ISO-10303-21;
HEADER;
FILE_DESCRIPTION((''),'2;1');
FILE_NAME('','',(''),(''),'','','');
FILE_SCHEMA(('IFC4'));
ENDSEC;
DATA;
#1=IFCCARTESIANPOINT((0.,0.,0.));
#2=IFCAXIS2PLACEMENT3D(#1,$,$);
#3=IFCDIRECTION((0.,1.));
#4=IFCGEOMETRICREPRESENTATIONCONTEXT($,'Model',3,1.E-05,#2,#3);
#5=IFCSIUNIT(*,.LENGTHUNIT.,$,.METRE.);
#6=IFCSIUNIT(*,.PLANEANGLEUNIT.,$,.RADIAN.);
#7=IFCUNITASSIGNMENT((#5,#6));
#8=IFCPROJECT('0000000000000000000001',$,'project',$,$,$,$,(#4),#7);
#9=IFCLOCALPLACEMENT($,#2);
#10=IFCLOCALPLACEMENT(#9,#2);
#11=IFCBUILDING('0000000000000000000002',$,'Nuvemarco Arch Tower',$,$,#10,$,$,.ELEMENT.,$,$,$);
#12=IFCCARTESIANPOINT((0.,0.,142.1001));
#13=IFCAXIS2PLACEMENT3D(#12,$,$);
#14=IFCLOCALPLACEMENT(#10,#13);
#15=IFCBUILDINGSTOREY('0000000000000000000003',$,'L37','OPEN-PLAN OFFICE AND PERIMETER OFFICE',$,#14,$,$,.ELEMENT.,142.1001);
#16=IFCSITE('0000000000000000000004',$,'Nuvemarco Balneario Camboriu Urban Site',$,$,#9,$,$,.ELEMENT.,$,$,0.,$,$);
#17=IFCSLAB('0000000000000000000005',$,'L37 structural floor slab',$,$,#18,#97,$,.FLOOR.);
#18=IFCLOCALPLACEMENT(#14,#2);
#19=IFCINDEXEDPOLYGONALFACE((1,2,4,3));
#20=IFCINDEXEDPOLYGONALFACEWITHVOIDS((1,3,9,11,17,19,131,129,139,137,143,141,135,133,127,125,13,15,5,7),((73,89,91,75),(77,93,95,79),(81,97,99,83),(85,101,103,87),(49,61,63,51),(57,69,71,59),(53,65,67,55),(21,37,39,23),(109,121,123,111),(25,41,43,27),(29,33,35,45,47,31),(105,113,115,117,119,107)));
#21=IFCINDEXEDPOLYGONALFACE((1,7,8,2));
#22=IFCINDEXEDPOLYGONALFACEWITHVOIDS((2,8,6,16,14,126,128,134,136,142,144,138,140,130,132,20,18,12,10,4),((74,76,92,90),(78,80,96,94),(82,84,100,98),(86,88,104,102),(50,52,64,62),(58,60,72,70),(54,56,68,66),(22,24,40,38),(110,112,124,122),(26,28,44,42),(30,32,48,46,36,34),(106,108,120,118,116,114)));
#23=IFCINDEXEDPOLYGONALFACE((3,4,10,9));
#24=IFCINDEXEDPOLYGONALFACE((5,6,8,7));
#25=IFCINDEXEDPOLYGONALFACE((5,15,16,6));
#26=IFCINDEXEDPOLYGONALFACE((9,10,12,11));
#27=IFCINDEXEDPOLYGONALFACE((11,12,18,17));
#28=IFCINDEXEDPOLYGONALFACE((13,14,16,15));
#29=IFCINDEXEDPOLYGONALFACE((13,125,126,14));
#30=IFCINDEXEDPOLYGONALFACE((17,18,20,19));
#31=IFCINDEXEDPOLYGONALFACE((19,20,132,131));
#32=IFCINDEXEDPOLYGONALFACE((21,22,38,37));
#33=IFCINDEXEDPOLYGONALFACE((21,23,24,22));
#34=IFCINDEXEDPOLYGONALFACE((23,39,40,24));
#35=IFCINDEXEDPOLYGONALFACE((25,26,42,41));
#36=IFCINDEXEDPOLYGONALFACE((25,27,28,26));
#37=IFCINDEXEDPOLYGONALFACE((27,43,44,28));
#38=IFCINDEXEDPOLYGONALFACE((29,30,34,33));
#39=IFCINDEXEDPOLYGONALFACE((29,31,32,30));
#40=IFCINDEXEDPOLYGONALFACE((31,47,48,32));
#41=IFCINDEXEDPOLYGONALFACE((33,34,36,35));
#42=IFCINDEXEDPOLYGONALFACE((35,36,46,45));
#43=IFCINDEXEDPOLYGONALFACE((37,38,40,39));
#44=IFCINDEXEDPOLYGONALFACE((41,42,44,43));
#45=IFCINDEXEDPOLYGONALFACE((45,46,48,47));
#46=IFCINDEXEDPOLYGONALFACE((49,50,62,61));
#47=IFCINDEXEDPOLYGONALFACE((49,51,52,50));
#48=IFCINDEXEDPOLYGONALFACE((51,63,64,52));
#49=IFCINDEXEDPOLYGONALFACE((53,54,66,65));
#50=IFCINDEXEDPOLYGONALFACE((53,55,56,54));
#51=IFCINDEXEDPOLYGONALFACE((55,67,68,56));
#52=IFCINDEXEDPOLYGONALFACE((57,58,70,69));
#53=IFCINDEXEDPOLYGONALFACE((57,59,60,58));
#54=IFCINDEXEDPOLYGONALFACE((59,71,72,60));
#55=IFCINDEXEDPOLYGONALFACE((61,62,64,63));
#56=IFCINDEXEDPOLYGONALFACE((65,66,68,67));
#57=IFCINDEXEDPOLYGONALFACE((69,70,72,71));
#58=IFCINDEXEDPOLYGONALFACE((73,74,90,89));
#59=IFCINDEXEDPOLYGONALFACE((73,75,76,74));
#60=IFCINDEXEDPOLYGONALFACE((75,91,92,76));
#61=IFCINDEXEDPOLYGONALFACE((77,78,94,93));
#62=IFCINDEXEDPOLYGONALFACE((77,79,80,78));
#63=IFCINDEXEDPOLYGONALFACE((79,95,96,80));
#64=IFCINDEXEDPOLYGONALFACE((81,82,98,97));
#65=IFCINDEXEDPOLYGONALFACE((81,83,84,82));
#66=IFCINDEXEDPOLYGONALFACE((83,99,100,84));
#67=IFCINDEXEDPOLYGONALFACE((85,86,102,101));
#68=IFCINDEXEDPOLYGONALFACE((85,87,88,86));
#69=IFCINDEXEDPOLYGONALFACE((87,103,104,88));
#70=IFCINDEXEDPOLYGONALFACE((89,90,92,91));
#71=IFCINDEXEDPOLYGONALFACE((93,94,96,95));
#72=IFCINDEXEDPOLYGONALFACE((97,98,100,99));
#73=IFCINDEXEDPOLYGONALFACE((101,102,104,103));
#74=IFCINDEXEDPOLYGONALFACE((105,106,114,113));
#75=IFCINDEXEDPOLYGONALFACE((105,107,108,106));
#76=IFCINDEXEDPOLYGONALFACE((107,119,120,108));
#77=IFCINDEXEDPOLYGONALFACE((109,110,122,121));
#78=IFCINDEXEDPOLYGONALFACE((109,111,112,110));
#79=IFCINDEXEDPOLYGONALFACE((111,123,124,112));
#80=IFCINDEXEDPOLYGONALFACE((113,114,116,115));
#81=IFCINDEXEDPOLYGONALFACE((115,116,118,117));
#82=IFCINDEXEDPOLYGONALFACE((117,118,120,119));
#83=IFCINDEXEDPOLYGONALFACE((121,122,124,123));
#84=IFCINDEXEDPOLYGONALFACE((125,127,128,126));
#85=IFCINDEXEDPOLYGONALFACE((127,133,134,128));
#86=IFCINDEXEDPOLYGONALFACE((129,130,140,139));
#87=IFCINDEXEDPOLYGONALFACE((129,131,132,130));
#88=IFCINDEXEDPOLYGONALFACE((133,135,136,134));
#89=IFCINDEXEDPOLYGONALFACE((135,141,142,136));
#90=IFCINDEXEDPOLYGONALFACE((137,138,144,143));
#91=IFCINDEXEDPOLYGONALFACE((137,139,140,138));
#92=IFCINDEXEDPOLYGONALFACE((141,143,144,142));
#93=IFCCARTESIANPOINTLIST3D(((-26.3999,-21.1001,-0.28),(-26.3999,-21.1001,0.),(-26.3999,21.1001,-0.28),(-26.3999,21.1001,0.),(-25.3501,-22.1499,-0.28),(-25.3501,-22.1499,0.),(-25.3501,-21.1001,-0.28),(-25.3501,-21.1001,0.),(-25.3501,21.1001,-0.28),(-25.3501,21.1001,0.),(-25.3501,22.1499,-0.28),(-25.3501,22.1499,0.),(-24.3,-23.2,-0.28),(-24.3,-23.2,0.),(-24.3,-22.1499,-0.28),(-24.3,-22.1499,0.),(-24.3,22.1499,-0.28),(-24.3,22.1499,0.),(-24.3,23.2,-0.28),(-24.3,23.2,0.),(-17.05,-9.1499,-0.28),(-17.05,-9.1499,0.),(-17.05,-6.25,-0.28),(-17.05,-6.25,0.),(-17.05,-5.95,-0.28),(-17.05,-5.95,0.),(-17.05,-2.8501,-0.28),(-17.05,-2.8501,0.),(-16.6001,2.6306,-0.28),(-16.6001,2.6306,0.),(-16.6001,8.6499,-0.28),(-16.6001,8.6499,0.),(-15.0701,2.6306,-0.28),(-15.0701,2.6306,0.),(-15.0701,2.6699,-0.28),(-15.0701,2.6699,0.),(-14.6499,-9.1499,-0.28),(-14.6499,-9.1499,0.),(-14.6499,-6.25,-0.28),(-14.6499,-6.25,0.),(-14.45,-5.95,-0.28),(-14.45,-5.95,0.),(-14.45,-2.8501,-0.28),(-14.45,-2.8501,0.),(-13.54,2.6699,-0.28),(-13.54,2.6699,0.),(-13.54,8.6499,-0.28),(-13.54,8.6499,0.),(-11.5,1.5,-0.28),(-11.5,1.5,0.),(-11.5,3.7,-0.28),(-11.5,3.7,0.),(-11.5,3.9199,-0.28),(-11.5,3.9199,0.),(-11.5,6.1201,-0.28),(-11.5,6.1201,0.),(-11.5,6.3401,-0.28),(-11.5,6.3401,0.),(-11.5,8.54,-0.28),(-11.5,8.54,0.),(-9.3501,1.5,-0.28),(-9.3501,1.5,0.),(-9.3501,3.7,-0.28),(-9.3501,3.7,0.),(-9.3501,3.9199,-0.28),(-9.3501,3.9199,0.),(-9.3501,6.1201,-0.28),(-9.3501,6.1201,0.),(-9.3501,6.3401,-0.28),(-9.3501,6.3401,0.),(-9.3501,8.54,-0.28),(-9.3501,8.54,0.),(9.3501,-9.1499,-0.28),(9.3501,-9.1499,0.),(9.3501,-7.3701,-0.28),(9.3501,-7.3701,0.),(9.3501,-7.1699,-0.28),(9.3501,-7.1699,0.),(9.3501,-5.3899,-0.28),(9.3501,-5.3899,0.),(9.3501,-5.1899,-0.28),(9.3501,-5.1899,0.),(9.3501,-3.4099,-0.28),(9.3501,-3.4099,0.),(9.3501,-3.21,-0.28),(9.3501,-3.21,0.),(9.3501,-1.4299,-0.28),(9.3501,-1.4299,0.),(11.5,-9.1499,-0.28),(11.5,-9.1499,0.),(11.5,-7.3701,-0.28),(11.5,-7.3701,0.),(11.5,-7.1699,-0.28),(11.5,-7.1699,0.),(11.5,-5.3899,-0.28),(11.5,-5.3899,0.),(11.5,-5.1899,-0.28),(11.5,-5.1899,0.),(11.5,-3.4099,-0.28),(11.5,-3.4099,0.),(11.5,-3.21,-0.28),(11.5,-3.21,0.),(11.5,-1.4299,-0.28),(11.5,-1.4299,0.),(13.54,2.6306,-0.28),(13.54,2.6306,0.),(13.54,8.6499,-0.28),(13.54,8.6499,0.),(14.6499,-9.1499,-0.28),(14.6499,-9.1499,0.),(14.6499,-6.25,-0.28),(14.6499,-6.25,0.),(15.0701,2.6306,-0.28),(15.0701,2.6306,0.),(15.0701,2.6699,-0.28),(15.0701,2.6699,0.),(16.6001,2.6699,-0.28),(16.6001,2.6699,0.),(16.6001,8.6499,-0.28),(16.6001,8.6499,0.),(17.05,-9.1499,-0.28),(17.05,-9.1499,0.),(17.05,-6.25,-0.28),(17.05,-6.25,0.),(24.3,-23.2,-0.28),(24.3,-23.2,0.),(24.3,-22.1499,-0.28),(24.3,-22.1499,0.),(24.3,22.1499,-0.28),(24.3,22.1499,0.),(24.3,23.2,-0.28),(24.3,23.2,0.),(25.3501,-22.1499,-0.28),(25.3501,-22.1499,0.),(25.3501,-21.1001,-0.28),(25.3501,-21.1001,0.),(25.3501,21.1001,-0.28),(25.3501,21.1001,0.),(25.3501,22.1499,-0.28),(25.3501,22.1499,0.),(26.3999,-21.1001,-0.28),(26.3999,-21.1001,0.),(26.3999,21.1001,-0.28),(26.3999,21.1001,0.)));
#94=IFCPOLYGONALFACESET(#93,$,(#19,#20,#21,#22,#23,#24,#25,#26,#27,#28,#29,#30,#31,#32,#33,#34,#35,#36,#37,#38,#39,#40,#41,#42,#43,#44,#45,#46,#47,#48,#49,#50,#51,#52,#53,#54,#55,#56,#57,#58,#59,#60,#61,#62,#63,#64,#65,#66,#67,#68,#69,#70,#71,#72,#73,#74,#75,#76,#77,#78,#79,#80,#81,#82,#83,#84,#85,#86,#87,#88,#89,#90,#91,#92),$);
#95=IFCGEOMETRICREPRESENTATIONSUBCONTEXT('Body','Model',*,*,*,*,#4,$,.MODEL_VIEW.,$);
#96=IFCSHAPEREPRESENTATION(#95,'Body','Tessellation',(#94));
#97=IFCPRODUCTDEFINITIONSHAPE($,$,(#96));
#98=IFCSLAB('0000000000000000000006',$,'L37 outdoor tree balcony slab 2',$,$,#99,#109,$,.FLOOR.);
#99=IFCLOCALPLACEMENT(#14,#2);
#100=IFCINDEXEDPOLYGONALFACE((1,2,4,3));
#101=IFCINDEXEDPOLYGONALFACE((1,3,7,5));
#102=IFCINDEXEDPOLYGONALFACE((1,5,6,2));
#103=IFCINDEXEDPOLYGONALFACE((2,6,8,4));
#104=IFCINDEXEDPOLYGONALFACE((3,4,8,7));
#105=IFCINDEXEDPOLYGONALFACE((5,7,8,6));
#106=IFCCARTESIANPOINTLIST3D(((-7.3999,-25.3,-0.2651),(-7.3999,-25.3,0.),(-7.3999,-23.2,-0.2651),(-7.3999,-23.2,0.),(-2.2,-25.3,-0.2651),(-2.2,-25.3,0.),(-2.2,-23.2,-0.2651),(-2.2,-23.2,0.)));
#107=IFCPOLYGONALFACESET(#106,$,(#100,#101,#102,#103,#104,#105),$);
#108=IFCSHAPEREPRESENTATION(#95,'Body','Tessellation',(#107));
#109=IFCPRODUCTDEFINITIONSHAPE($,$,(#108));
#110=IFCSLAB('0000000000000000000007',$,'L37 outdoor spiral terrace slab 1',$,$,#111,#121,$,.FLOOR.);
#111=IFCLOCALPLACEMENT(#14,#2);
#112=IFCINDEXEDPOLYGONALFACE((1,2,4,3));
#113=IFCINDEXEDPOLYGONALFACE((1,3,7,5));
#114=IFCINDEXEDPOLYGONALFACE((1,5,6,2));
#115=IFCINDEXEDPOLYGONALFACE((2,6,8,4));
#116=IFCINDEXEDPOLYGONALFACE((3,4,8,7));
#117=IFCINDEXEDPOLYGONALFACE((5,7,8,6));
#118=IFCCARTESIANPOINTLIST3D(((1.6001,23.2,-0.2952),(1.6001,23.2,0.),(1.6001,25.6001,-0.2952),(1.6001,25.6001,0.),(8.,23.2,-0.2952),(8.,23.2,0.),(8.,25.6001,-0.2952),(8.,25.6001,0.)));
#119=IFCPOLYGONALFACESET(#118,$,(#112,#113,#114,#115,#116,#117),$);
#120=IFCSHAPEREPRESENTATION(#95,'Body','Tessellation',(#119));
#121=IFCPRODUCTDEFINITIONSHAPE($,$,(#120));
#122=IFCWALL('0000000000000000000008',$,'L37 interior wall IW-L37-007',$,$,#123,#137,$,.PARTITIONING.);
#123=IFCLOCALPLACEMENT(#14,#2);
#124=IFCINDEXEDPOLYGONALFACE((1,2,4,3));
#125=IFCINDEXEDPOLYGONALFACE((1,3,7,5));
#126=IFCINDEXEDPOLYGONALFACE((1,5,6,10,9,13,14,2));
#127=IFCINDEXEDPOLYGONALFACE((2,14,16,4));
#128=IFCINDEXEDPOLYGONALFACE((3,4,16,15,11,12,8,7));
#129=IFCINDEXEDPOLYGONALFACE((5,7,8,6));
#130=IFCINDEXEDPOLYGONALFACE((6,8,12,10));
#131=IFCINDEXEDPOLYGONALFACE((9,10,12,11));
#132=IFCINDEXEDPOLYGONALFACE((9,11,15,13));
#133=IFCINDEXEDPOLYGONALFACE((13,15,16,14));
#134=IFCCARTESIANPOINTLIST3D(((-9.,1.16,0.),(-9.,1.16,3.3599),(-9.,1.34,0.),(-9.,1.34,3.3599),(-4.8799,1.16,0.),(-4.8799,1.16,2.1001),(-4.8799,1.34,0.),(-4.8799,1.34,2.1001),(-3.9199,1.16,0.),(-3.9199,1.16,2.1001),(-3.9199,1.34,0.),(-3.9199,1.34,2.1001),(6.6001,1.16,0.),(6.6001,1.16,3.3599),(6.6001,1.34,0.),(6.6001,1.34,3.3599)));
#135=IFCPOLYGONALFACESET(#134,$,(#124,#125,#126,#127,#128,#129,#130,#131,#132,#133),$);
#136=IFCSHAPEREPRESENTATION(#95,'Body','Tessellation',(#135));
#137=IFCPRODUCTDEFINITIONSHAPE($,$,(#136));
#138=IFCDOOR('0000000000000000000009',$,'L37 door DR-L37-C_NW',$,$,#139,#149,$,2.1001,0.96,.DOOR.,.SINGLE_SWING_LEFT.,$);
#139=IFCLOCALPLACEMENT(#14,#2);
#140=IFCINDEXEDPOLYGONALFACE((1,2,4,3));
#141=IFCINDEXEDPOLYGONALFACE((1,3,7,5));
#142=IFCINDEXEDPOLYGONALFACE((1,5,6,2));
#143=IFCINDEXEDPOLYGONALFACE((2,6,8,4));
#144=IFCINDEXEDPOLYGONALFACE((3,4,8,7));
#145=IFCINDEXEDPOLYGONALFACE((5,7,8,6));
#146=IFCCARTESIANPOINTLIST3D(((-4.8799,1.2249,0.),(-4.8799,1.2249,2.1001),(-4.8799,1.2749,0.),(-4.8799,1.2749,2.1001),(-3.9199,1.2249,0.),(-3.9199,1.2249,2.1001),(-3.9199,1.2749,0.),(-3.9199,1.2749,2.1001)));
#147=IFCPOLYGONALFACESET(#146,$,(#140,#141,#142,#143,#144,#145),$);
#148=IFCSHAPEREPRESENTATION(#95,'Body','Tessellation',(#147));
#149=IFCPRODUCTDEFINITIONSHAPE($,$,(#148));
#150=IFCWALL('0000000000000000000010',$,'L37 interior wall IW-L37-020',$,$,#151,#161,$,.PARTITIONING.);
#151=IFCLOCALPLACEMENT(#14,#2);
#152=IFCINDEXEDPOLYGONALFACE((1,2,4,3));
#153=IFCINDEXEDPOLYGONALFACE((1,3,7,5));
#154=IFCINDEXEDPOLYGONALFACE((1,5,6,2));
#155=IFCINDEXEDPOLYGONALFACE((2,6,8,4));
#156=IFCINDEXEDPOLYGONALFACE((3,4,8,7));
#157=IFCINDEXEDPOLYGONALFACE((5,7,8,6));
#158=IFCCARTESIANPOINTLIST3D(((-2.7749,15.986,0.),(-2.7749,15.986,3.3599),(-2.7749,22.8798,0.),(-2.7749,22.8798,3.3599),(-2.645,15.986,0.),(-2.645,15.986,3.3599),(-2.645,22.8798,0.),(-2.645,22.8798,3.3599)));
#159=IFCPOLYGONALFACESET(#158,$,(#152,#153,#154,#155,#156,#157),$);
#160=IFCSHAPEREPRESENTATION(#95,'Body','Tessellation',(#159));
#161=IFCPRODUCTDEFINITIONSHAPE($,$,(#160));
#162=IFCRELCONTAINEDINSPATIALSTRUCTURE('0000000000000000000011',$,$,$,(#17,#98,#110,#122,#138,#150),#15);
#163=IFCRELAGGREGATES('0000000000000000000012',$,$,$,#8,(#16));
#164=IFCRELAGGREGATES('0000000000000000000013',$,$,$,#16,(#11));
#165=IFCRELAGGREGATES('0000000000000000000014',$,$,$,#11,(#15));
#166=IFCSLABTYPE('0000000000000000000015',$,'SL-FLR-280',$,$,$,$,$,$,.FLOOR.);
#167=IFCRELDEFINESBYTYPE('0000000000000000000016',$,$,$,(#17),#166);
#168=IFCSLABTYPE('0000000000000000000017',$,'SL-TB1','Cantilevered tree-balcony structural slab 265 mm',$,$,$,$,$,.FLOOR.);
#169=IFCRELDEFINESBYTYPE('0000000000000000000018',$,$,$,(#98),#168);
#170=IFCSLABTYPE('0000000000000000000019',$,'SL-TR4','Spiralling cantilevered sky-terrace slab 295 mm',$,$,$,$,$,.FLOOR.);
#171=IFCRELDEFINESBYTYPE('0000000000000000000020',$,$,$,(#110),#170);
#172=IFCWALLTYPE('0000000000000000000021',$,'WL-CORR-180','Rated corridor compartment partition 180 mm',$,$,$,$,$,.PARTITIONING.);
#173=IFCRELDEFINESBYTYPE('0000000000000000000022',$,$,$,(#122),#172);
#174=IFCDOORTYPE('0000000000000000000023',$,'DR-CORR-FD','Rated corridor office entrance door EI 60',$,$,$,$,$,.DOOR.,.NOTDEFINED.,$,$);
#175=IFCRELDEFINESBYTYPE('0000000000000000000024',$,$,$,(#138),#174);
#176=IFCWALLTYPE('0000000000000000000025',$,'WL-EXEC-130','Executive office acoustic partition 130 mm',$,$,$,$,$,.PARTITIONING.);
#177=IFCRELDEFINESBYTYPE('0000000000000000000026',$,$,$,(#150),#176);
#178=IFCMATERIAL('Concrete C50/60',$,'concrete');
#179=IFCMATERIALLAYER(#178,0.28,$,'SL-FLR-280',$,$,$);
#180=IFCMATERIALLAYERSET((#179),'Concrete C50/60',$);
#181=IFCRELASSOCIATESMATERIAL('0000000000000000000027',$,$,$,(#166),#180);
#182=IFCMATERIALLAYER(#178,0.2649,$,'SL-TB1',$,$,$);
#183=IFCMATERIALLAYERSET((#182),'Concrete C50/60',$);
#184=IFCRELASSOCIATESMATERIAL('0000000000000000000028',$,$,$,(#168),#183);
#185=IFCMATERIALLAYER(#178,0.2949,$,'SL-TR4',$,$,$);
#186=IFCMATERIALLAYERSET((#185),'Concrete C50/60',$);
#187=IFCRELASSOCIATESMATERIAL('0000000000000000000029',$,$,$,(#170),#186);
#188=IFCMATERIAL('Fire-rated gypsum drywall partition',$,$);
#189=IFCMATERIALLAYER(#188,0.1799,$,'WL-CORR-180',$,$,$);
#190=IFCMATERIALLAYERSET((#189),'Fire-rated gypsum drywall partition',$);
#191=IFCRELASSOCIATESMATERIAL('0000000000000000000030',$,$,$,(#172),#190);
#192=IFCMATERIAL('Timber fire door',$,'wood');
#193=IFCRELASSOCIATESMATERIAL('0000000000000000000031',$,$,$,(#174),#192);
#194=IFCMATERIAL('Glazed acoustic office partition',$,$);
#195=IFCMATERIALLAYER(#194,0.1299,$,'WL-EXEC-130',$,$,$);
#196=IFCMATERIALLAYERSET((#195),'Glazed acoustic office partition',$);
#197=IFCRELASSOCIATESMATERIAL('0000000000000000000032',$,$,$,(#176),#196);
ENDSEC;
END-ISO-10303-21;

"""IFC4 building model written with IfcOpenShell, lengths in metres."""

from ifc_helpers import new_model, si_unit, direction, frame, frame_2d, origin, place, context, subcontext, project, spatial, polyline, rectangle, outline, extrude, source, transform, mapped, material, layer, layer_set, type_object, type_shapes, element, fill, save


model = new_model("IFC4")

# Units and contexts
model_context = context("Model", 3, precision=1e-05, world=origin(), true_north=direction((0.0, 1.0)))
body_context = subcontext(model_context, "Body", "Model", "MODEL_VIEW")
ifc_project = project(units=[si_unit("LENGTHUNIT", "METRE"), si_unit("PLANEANGLEUNIT", "RADIAN")], contexts=[model_context])

# Site, building, storey
site_placement = place(None, origin())
site = spatial("IfcSite", under=ifc_project, at=site_placement, Name="Nuvemarco Balneario Camboriu Urban Site", CompositionType="ELEMENT", RefElevation=0.0)
building_placement = place(site_placement, origin())
building = spatial("IfcBuilding", under=site, at=building_placement, Name="Nuvemarco Arch Tower", CompositionType="ELEMENT")
storey_placement = place(building_placement, frame((0.0, 0.0, 142.1001)))
storey = spatial("IfcBuildingStorey", under=building, at=storey_placement, Name="L37", Description="OPEN-PLAN OFFICE AND PERIMETER OFFICE", CompositionType="ELEMENT", Elevation=142.1001)

# Shared definitions
ifc_material_1 = material(Name="Concrete C50/60", Category="concrete")

# Slabs
ifc_layer_1 = layer(ifc_material_1, 0.28, Name="SL-FLR-280")
ifc_layer_set_1 = layer_set([ifc_layer_1], Name="Concrete C50/60")
slab_type_1 = type_object("IfcSlabType", Name="SL-FLR-280", PredefinedType="FLOOR", material=ifc_layer_set_1)
slab_1_placement = place(storey_placement, frame((0.0, 0.0, -0.28)))
element("IfcSlab", 1, at=slab_1_placement, inside=storey, type_object=slab_type_1, Name="L37 structural floor slab", PredefinedType="FLOOR", context=body_context, shape_type="SweptSolid", body=[
    extrude(outline(polyline([(-24.3, -23.2), (24.3, -23.2), (24.3, -22.1499), (25.3501, -22.1499), (25.3501, -21.1001), (26.3999, -21.1001), (26.3999, 21.1001), (25.3501, 21.1001), (25.3501, 22.1499), (24.3, 22.1499), (24.3, 23.2), (-24.3, 23.2), (-24.3, 22.1499), (-25.3501, 22.1499), (-25.3501, 21.1001), (-26.3999, 21.1001), (-26.3999, -21.1001), (-25.3501, -21.1001), (-25.3501, -22.1499), (-24.3, -22.1499), (-24.3, -23.2)]), holes=[polyline([(-13.54, 2.6699), (-13.54, 8.6499), (-16.6001, 8.6499), (-16.6001, 2.6306), (-15.0701, 2.6306), (-15.0701, 2.6699), (-13.54, 2.6699)]), polyline([(16.6001, 2.6699), (16.6001, 8.6499), (13.54, 8.6499), (13.54, 2.6306), (15.0701, 2.6306), (15.0701, 2.6699), (16.6001, 2.6699)]), polyline([(-17.05, -9.1499), (-14.6499, -9.1499), (-14.6499, -6.25), (-17.05, -6.25), (-17.05, -9.1499)]), polyline([(-17.05, -5.95), (-14.45, -5.95), (-14.45, -2.8501), (-17.05, -2.8501), (-17.05, -5.95)]), polyline([(-11.5, 1.5), (-9.3501, 1.5), (-9.3501, 3.7), (-11.5, 3.7), (-11.5, 1.5)]), polyline([(-11.5, 3.9199), (-9.3501, 3.9199), (-9.3501, 6.1201), (-11.5, 6.1201), (-11.5, 3.9199)]), polyline([(-11.5, 6.3401), (-9.3501, 6.3401), (-9.3501, 8.54), (-11.5, 8.54), (-11.5, 6.3401)]), polyline([(14.6499, -9.1499), (17.05, -9.1499), (17.05, -6.25), (14.6499, -6.25), (14.6499, -9.1499)]), polyline([(9.3501, -9.1499), (11.5, -9.1499), (11.5, -7.3701), (9.3501, -7.3701), (9.3501, -9.1499)]), polyline([(9.3501, -7.1699), (11.5, -7.1699), (11.5, -5.3899), (9.3501, -5.3899), (9.3501, -7.1699)]), polyline([(9.3501, -5.1899), (11.5, -5.1899), (11.5, -3.4099), (9.3501, -3.4099), (9.3501, -5.1899)]), polyline([(9.3501, -3.21), (11.5, -3.21), (11.5, -1.4299), (9.3501, -1.4299), (9.3501, -3.21)])]), origin(), (0.0, 0.0, 1.0), 0.28),
])
ifc_layer_2 = layer(ifc_material_1, 0.2649, Name="SL-TB1")
ifc_layer_set_2 = layer_set([ifc_layer_2], Name="Concrete C50/60")
slab_type_2 = type_object("IfcSlabType", Name="SL-TB1", Description="Cantilevered tree-balcony structural slab 265 mm", PredefinedType="FLOOR", material=ifc_layer_set_2)
slab_2_placement = place(storey_placement, frame((0.0, 0.0, -0.2651)))
element("IfcSlab", 2, at=slab_2_placement, inside=storey, type_object=slab_type_2, Name="L37 outdoor tree balcony slab 2", PredefinedType="FLOOR", context=body_context, shape_type="SweptSolid", body=[
    extrude(outline(polyline([(-7.3999, -25.3), (-2.2, -25.3), (-2.2, -23.2), (-7.3999, -23.2), (-7.3999, -25.3)])), origin(), (0.0, 0.0, 1.0), 0.2651),
])
ifc_layer_3 = layer(ifc_material_1, 0.2949, Name="SL-TR4")
ifc_layer_set_3 = layer_set([ifc_layer_3], Name="Concrete C50/60")
slab_type_3 = type_object("IfcSlabType", Name="SL-TR4", Description="Spiralling cantilevered sky-terrace slab 295 mm", PredefinedType="FLOOR", material=ifc_layer_set_3)
slab_3_placement = place(storey_placement, frame((0.0, 0.0, -0.2952)))
element("IfcSlab", 3, at=slab_3_placement, inside=storey, type_object=slab_type_3, Name="L37 outdoor spiral terrace slab 1", PredefinedType="FLOOR", context=body_context, shape_type="SweptSolid", body=[
    extrude(outline(polyline([(1.6001, 23.2), (8.0, 23.2), (8.0, 25.6001), (1.6001, 25.6001), (1.6001, 23.2)])), origin(), (0.0, 0.0, 1.0), 0.2952),
])

# Wall, opening, door
ifc_material_2 = material(Name="Fire-rated gypsum drywall partition")
ifc_layer_4 = layer(ifc_material_2, 0.1799, Name="WL-CORR-180")
ifc_layer_set_4 = layer_set([ifc_layer_4], Name="Fire-rated gypsum drywall partition")
wall_type_1 = type_object("IfcWallType", Name="WL-CORR-180", Description="Rated corridor compartment partition 180 mm", PredefinedType="PARTITIONING", material=ifc_layer_set_4)
wall_1_placement = place(storey_placement, frame((-9.0, 1.25, 0.0), z_axis=(0.0, 0.0, 1.0), x_axis=(1.0, 0.0, 0.0)))
wall_1 = element("IfcWall", 4, at=wall_1_placement, inside=storey, type_object=wall_type_1, Name="L37 interior wall IW-L37-007", PredefinedType="PARTITIONING", context=body_context, shape_type="SweptSolid", body=[
    extrude(rectangle(XDim=15.6001, YDim=0.1799, at=frame_2d((7.8, 0.0))), origin(), (0.0, 0.0, 1.0), 3.3599),
])
opening_1_placement = place(wall_1_placement, frame((4.1201, 0.0, 0.0)))
opening_1 = element("IfcOpeningElement", 5, at=opening_1_placement, cuts=wall_1, PredefinedType="OPENING", context=body_context, shape_type="SweptSolid", body=[
    extrude(rectangle(XDim=0.96, YDim=2.1001, at=frame_2d((0.48, 1.05))), frame((0.0, 0.0999, 0.0), z_axis=(0.0, -1.0, 0.0), x_axis=(1.0, 0.0, 0.0)), (0.0, 0.0, 1.0), 0.2),
])
ifc_material_3 = material(Name="Timber fire door", Category="wood")
door_type_1 = type_object("IfcDoorType", Name="DR-CORR-FD", Description="Rated corridor office entrance door EI 60", OperationType="NOTDEFINED", PredefinedType="DOOR", material=ifc_material_3)
shared_shape_1 = source(origin(), body_context, "Body", "SweptSolid", [
    extrude(rectangle(XDim=0.96, YDim=2.1001, at=frame_2d((0.48, 1.05))), frame((0.0, 0.0249, 0.0), z_axis=(0.0, -1.0, 0.0), x_axis=(1.0, 0.0, 0.0)), (0.0, 0.0, 1.0), 0.05),
])
type_shapes(door_type_1, [shared_shape_1])
door_1_placement = place(opening_1_placement, origin())
door_1 = element("IfcDoor", 6, at=door_1_placement, inside=storey, type_object=door_type_1, Name="L37 door DR-L37-C_NW", OperationType="SINGLE_SWING_LEFT", OverallHeight=2.1001, OverallWidth=0.96, PredefinedType="DOOR", context=body_context, shape_type="MappedRepresentation", body=[
    mapped(shared_shape_1, transform((0.0, 0.0, 0.0), scale=1.0)),
])
fill(opening_1, door_1)

# Wall
ifc_material_4 = material(Name="Glazed acoustic office partition")
ifc_layer_5 = layer(ifc_material_4, 0.1299, Name="WL-EXEC-130")
ifc_layer_set_5 = layer_set([ifc_layer_5], Name="Glazed acoustic office partition")
wall_type_2 = type_object("IfcWallType", Name="WL-EXEC-130", Description="Executive office acoustic partition 130 mm", PredefinedType="PARTITIONING", material=ifc_layer_set_5)
wall_2_placement = place(storey_placement, frame((-2.71, 15.9861, 0.0), z_axis=(0.0, 0.0, 1.0), x_axis=(0.0, 1.0, 0.0)))
element("IfcWall", 7, at=wall_2_placement, inside=storey, type_object=wall_type_2, Name="L37 interior wall IW-L37-020", PredefinedType="PARTITIONING", context=body_context, shape_type="SweptSolid", body=[
    extrude(rectangle(XDim=6.8938, YDim=0.1299, at=frame_2d((3.4468, 0.0))), origin(), (0.0, 0.0, 1.0), 3.3599),
])

save(model, "model.ifc")
